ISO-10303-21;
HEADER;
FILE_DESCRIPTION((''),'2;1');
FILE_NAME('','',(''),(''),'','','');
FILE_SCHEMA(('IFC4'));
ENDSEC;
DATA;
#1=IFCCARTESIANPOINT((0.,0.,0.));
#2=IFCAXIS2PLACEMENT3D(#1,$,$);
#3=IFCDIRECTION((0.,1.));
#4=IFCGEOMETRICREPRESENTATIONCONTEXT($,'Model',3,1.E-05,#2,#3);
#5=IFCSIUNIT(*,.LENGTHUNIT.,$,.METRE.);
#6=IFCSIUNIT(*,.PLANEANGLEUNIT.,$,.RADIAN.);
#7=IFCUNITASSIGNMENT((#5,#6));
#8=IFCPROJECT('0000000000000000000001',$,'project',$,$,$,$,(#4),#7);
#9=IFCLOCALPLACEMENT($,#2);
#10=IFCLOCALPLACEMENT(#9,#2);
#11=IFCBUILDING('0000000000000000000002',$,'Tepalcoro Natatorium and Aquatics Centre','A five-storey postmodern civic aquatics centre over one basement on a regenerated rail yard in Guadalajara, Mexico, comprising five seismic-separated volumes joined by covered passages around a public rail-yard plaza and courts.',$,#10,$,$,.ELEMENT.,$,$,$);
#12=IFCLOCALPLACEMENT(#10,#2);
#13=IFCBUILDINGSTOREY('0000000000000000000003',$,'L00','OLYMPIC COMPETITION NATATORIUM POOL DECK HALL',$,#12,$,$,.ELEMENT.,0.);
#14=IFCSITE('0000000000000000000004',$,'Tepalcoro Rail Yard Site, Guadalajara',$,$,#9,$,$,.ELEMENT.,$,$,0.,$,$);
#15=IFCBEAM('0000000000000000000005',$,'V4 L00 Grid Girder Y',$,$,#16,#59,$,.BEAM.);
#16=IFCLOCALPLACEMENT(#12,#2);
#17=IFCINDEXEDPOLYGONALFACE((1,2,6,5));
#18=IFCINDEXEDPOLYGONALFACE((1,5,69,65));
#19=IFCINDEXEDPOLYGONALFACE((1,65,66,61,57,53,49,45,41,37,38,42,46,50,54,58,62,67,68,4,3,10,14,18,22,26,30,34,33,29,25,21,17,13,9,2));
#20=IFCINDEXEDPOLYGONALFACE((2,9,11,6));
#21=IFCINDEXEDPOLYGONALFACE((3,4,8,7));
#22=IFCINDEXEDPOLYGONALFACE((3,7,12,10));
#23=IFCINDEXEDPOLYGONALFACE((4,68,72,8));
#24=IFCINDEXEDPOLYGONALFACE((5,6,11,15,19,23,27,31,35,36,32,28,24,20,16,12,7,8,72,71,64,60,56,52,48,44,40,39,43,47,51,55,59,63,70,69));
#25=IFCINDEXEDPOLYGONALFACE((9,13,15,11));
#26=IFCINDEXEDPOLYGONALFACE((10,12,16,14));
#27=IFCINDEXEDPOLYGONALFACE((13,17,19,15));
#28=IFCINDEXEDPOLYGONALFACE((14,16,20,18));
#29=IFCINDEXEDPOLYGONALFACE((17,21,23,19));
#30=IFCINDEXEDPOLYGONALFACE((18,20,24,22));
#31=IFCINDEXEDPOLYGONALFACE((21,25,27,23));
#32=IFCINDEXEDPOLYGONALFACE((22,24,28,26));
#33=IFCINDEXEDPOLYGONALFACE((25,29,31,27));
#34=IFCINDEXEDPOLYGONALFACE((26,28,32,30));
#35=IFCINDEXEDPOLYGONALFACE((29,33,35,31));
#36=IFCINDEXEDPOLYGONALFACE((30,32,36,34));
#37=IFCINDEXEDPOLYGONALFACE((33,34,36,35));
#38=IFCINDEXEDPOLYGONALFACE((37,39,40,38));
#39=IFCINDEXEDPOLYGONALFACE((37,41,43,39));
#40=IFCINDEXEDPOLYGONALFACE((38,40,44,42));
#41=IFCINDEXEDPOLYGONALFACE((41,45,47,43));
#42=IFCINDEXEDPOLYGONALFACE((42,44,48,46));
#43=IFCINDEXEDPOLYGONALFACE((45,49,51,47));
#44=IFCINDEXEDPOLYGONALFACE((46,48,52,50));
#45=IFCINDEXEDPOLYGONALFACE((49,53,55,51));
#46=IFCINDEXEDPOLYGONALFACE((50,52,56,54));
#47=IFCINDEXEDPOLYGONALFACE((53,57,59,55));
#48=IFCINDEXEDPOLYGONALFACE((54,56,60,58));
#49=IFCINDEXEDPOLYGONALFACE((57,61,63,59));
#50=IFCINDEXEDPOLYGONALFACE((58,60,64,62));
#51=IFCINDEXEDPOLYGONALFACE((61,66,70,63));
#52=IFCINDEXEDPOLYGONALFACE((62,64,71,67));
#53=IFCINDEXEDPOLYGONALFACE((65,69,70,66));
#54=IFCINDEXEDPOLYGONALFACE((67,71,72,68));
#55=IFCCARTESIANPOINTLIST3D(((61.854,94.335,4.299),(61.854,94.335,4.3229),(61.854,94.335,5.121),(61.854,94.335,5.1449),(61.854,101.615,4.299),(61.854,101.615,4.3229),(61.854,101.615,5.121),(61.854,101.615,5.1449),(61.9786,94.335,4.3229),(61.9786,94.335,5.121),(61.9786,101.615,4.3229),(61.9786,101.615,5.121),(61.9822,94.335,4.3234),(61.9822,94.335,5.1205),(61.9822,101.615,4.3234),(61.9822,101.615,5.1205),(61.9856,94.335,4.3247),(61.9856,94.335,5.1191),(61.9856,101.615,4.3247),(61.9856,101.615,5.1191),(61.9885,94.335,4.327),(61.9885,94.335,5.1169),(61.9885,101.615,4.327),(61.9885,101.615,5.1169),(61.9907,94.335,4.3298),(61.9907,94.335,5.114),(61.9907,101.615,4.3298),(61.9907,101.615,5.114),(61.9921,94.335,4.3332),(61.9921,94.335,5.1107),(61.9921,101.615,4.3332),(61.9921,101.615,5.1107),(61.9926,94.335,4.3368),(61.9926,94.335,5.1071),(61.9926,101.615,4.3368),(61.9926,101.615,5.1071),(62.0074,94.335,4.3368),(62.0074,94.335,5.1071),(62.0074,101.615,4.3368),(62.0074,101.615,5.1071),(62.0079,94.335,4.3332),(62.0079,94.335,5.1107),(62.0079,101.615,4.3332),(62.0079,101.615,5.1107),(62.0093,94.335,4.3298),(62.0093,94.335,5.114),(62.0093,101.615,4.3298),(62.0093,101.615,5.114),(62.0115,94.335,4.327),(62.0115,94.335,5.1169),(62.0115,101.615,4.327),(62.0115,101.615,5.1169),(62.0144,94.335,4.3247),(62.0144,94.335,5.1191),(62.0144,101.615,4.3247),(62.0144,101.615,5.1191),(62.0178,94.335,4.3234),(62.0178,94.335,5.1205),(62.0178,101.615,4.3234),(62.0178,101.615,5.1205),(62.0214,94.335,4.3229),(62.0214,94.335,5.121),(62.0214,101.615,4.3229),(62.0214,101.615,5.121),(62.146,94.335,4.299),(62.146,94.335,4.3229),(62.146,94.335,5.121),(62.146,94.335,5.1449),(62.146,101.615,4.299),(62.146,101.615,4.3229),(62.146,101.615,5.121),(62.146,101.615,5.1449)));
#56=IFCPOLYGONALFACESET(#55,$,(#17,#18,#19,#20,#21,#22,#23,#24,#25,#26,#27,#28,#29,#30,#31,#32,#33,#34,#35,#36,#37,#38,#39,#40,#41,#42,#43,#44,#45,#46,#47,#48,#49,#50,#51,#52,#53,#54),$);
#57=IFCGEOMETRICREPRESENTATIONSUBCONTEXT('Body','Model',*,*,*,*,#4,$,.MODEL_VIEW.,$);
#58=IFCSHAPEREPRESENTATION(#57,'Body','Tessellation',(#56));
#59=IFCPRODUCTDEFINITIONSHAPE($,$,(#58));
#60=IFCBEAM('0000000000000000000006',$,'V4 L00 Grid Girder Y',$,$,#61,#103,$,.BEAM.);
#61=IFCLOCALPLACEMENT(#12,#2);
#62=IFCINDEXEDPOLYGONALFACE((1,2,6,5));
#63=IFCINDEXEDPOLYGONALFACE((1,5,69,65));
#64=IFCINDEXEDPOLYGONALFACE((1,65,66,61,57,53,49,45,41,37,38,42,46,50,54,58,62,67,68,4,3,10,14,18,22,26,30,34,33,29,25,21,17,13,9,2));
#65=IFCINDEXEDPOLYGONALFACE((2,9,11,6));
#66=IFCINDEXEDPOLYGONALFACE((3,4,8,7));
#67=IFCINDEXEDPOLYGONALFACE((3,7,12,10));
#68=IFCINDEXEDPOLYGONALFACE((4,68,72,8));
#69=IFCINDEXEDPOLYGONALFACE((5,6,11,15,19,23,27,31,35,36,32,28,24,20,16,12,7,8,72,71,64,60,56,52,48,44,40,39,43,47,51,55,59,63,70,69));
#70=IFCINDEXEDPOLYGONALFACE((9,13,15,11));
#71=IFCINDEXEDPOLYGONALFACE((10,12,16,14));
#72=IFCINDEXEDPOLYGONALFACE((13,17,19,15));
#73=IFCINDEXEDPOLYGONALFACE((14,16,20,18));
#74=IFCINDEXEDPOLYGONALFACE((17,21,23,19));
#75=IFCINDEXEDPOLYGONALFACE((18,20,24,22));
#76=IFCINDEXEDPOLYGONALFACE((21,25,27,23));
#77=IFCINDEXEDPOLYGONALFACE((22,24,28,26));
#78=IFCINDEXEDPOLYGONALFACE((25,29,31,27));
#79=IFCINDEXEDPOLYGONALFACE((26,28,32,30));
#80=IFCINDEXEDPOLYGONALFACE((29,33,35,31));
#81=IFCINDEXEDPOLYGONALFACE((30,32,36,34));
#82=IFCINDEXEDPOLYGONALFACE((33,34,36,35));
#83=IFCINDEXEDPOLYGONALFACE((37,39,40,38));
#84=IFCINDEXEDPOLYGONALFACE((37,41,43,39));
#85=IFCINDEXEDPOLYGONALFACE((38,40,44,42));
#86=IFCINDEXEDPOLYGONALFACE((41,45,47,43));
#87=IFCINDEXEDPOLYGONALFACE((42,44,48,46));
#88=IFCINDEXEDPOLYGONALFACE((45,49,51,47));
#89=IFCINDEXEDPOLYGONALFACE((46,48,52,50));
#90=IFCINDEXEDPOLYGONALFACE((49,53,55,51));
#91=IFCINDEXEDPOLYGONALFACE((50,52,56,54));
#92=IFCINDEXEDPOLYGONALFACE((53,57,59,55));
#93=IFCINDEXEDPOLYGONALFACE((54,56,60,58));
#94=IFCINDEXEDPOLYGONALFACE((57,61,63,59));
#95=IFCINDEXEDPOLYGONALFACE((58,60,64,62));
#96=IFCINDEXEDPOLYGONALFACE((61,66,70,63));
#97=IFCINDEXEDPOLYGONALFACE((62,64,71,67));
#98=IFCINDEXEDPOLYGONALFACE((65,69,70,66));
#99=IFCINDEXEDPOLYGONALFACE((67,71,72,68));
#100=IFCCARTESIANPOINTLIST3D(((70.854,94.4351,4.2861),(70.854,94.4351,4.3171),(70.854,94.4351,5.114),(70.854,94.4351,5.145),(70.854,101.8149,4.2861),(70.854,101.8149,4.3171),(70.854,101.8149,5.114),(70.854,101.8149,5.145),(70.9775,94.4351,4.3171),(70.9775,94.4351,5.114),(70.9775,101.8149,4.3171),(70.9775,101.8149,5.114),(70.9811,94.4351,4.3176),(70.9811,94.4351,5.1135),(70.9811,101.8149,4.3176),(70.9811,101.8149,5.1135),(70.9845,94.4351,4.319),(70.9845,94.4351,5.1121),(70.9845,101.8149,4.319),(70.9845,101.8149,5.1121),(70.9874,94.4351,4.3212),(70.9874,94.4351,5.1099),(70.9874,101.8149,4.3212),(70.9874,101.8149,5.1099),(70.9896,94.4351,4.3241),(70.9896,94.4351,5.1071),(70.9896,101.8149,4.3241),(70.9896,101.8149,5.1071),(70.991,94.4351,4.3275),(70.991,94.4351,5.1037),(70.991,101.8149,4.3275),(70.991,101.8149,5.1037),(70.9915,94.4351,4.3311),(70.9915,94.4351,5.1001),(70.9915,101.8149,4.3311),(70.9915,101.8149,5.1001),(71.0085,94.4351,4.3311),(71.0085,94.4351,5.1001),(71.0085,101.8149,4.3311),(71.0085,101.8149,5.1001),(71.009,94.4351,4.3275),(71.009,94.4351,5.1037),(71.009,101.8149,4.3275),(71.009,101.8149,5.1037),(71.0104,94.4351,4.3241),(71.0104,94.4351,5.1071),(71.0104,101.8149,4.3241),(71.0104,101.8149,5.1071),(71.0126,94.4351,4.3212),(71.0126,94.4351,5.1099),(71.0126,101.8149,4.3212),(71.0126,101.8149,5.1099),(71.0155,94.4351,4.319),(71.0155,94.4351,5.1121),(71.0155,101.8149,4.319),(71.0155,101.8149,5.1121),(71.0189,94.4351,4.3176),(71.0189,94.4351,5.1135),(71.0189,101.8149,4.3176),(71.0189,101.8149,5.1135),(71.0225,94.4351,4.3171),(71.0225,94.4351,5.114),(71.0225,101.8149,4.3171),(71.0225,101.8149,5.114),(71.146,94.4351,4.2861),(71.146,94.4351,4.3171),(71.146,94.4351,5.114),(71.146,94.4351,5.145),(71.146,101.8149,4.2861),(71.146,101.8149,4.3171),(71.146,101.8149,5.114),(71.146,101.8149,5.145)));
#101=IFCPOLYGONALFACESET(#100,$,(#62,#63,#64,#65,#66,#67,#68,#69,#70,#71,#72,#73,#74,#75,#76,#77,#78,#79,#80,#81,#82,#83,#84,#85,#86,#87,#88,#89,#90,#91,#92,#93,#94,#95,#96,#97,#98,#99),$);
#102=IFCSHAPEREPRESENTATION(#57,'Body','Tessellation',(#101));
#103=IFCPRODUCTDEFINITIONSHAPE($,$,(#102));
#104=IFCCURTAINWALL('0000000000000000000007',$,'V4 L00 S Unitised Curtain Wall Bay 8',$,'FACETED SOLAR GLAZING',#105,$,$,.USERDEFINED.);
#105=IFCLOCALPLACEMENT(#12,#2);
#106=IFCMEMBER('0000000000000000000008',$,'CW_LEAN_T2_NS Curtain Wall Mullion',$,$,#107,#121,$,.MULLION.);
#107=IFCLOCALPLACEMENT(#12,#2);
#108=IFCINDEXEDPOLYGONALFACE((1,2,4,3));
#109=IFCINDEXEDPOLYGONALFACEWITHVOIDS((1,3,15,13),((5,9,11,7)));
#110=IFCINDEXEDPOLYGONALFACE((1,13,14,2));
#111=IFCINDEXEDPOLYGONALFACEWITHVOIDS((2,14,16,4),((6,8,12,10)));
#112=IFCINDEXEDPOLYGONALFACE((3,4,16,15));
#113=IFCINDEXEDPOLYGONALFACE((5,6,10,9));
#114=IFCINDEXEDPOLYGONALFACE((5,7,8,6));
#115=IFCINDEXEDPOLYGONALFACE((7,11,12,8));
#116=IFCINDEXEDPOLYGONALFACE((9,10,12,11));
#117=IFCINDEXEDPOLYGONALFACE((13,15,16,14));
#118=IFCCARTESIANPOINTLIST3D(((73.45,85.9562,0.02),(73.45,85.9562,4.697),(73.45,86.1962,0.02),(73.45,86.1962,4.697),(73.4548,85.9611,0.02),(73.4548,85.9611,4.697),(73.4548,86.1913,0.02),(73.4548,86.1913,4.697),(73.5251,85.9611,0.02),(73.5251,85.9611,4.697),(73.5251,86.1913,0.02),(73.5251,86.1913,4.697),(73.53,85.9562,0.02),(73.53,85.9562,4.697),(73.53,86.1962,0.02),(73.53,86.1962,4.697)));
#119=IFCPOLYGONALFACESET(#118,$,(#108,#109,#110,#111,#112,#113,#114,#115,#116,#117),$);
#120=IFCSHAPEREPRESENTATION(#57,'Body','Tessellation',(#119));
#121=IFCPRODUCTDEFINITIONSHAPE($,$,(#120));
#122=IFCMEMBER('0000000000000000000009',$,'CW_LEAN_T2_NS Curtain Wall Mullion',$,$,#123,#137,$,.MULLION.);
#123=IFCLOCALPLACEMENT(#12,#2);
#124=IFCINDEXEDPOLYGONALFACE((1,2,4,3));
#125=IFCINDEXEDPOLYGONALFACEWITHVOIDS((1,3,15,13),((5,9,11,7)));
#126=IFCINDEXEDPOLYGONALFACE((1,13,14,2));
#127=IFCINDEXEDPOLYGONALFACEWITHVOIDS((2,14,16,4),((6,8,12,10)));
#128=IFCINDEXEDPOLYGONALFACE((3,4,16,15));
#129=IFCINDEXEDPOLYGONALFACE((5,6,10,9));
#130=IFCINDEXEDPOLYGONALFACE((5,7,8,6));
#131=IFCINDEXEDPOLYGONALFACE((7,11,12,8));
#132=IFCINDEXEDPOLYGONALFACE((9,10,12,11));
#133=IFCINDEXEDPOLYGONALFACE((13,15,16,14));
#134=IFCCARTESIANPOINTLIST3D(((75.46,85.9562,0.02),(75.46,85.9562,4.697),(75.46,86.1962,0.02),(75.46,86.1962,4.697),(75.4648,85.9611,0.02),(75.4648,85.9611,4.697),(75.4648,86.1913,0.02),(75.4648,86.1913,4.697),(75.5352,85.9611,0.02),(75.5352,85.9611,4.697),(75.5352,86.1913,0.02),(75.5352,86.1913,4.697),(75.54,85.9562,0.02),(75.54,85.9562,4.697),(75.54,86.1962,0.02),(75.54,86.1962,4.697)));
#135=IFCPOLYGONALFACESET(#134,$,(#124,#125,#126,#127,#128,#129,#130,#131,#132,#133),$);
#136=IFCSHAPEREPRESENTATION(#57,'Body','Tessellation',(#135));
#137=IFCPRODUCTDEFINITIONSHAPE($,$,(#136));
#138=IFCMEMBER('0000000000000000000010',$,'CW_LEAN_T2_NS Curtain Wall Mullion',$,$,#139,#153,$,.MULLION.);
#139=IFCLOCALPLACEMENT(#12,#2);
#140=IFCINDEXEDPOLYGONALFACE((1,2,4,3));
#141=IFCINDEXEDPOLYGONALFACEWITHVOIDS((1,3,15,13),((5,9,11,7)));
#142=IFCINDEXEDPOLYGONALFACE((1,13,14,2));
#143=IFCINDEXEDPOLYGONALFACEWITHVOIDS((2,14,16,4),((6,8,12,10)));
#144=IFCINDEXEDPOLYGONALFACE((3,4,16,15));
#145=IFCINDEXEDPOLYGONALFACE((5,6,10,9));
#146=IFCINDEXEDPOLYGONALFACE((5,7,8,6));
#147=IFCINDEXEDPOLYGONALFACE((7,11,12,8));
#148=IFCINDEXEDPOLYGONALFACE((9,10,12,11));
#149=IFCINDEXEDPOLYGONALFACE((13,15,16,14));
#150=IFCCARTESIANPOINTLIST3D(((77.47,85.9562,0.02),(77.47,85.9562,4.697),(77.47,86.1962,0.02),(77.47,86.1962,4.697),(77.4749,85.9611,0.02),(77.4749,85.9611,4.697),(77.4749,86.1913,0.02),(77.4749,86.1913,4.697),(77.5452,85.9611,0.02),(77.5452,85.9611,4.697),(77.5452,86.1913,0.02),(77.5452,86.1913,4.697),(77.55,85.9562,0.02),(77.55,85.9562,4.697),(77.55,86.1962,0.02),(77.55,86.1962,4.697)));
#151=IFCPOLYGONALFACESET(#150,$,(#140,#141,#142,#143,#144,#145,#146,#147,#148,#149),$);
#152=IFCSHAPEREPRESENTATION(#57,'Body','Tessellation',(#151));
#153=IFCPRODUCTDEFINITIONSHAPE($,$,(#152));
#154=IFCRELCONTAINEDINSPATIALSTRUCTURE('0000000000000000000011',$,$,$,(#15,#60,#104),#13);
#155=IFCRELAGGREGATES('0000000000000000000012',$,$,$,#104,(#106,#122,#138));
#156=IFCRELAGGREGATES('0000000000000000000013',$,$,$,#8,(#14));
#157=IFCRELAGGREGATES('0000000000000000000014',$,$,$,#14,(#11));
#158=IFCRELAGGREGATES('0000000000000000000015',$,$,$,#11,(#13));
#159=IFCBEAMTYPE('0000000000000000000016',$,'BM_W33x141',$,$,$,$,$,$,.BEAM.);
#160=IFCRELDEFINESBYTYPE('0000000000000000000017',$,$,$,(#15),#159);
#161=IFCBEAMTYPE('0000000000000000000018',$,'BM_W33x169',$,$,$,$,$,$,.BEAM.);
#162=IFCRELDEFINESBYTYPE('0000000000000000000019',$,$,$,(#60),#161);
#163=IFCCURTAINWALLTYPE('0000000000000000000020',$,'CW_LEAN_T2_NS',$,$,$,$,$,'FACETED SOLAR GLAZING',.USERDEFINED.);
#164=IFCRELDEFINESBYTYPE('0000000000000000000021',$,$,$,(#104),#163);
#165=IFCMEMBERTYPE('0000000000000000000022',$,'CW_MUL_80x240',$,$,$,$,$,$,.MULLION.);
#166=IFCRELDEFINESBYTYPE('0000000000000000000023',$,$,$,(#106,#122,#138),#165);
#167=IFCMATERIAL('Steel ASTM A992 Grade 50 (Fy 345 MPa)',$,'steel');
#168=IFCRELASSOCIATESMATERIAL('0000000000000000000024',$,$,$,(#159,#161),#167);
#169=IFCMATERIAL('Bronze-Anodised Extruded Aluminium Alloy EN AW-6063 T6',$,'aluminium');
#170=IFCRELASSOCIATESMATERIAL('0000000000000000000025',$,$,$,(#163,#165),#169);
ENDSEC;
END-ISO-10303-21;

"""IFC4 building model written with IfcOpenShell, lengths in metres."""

from ifc_helpers import new_model, si_unit, direction, frame, origin, origin_2d, place, context, subcontext, project, spatial, hollow_rectangle, i_section, extrude, material, material_profile, profile_set, type_object, element, aggregate, save


model = new_model("IFC4")

# Units and contexts
model_context = context("Model", 3, precision=1e-05, world=origin(), true_north=direction((0.0, 1.0)))
body_context = subcontext(model_context, "Body", "Model", "MODEL_VIEW")
ifc_project = project(units=[si_unit("LENGTHUNIT", "METRE"), si_unit("PLANEANGLEUNIT", "RADIAN")], contexts=[model_context])

# Site, building, storey
site_placement = place(None, origin())
site = spatial("IfcSite", under=ifc_project, at=site_placement, Name="Tepalcoro Rail Yard Site, Guadalajara", CompositionType="ELEMENT", RefElevation=0.0)
building_placement = place(site_placement, origin())
building = spatial("IfcBuilding", under=site, at=building_placement, Name="Tepalcoro Natatorium and Aquatics Centre", Description="A five-storey postmodern civic aquatics centre over one basement on a regenerated rail yard in Guadalajara, Mexico, comprising five seismic-separated volumes joined by covered passages around a public rail-yard plaza and courts.", CompositionType="ELEMENT")
storey_placement = place(building_placement, origin())
storey = spatial("IfcBuildingStorey", under=building, at=storey_placement, Name="L00", Description="OLYMPIC COMPETITION NATATORIUM POOL DECK HALL", CompositionType="ELEMENT", Elevation=0.0)

# Beams
ifc_material_1 = material(Name="Steel ASTM A992 Grade 50 (Fy 345 MPa)", Category="steel")
ifc_material_profile_1 = material_profile(ifc_material_1, i_section(OverallWidth=0.292, OverallDepth=0.8459, WebThickness=0.0149, FlangeThickness=0.0239, FilletRadius=0.0139, at=origin_2d()), Name="W33X141")
ifc_profile_set_1 = profile_set([ifc_material_profile_1], Name="Steel ASTM A992 Grade 50 (Fy 345 MPa)")
beam_type_1 = type_object("IfcBeamType", Name="BM_W33x141", PredefinedType="BEAM", material=ifc_profile_set_1)
beam_1_placement = place(storey_placement, frame((62.0, 94.335, 4.7219), z_axis=(0.0, 1.0, 0.0), x_axis=(-1.0, 0.0, 0.0)))
element("IfcBeam", 1, at=beam_1_placement, inside=storey, type_object=beam_type_1, Name="V4 L00 Grid Girder Y", PredefinedType="BEAM", context=body_context, shape_type="SweptSolid", body=[
    extrude(i_section(OverallWidth=0.292, OverallDepth=0.8459, WebThickness=0.0149, FlangeThickness=0.0239, FilletRadius=0.0139, at=origin_2d()), origin(), (0.0, 0.0, 1.0), 7.28),
])
ifc_material_profile_2 = material_profile(ifc_material_1, i_section(OverallWidth=0.292, OverallDepth=0.8589, WebThickness=0.0171, FlangeThickness=0.031, FilletRadius=0.0139, at=origin_2d()), Name="W33X169")
ifc_profile_set_2 = profile_set([ifc_material_profile_2], Name="Steel ASTM A992 Grade 50 (Fy 345 MPa)")
beam_type_2 = type_object("IfcBeamType", Name="BM_W33x169", PredefinedType="BEAM", material=ifc_profile_set_2)
beam_2_placement = place(storey_placement, frame((71.0, 94.4351, 4.7156), z_axis=(0.0, 1.0, 0.0), x_axis=(-1.0, 0.0, 0.0)))
element("IfcBeam", 2, at=beam_2_placement, inside=storey, type_object=beam_type_2, Name="V4 L00 Grid Girder Y", PredefinedType="BEAM", context=body_context, shape_type="SweptSolid", body=[
    extrude(i_section(OverallWidth=0.292, OverallDepth=0.8589, WebThickness=0.0171, FlangeThickness=0.031, FilletRadius=0.0139, at=origin_2d()), origin(), (0.0, 0.0, 1.0), 7.3799),
])

# Curtain wall, members
ifc_material_2 = material(Name="Bronze-Anodised Extruded Aluminium Alloy EN AW-6063 T6", Category="aluminium")
curtain_wall_type = type_object("IfcCurtainWallType", Name="CW_LEAN_T2_NS", ElementType="FACETED SOLAR GLAZING", PredefinedType="USERDEFINED", material=ifc_material_2)
curtain_wall_placement = place(storey_placement, origin())
curtain_wall = element("IfcCurtainWall", 3, at=curtain_wall_placement, inside=storey, type_object=curtain_wall_type, Name="V4 L00 S Unitised Curtain Wall Bay 8", ObjectType="FACETED SOLAR GLAZING", PredefinedType="USERDEFINED")
ifc_material_profile_3 = material_profile(ifc_material_2, hollow_rectangle(XDim=0.0801, YDim=0.24, WallThickness=0.0049, at=origin_2d()), Name="AL80X240X5")
ifc_profile_set_3 = profile_set([ifc_material_profile_3], Name="Bronze-Anodised Extruded Aluminium Alloy EN AW-6063 T6")
member_type = type_object("IfcMemberType", Name="CW_MUL_80x240", PredefinedType="MULLION", material=ifc_profile_set_3)
member_1_placement = place(storey_placement, frame((73.49, 86.0762, 0.02), z_axis=(0.0, 0.0, 1.0), x_axis=(1.0, 0.0, 0.0)))
member_1 = element("IfcMember", 4, at=member_1_placement, type_object=member_type, Name="CW_LEAN_T2_NS Curtain Wall Mullion", PredefinedType="MULLION", context=body_context, shape_type="SweptSolid", body=[
    extrude(hollow_rectangle(XDim=0.0801, YDim=0.24, WallThickness=0.0049, at=origin_2d()), origin(), (0.0, 0.0, 1.0), 4.677),
])
member_2_placement = place(storey_placement, frame((75.5, 86.0762, 0.02), z_axis=(0.0, 0.0, 1.0), x_axis=(1.0, 0.0, 0.0)))
member_2 = element("IfcMember", 5, at=member_2_placement, type_object=member_type, Name="CW_LEAN_T2_NS Curtain Wall Mullion", PredefinedType="MULLION", context=body_context, shape_type="SweptSolid", body=[
    extrude(hollow_rectangle(XDim=0.0801, YDim=0.24, WallThickness=0.0049, at=origin_2d()), origin(), (0.0, 0.0, 1.0), 4.677),
])
member_3_placement = place(storey_placement, frame((77.51, 86.0762, 0.02), z_axis=(0.0, 0.0, 1.0), x_axis=(1.0, 0.0, 0.0)))
member_3 = element("IfcMember", 6, at=member_3_placement, type_object=member_type, Name="CW_LEAN_T2_NS Curtain Wall Mullion", PredefinedType="MULLION", context=body_context, shape_type="SweptSolid", body=[
    extrude(hollow_rectangle(XDim=0.0801, YDim=0.24, WallThickness=0.0049, at=origin_2d()), origin(), (0.0, 0.0, 1.0), 4.677),
])

aggregate(curtain_wall, [member_1, member_2, member_3])

save(model, "model.ifc")
